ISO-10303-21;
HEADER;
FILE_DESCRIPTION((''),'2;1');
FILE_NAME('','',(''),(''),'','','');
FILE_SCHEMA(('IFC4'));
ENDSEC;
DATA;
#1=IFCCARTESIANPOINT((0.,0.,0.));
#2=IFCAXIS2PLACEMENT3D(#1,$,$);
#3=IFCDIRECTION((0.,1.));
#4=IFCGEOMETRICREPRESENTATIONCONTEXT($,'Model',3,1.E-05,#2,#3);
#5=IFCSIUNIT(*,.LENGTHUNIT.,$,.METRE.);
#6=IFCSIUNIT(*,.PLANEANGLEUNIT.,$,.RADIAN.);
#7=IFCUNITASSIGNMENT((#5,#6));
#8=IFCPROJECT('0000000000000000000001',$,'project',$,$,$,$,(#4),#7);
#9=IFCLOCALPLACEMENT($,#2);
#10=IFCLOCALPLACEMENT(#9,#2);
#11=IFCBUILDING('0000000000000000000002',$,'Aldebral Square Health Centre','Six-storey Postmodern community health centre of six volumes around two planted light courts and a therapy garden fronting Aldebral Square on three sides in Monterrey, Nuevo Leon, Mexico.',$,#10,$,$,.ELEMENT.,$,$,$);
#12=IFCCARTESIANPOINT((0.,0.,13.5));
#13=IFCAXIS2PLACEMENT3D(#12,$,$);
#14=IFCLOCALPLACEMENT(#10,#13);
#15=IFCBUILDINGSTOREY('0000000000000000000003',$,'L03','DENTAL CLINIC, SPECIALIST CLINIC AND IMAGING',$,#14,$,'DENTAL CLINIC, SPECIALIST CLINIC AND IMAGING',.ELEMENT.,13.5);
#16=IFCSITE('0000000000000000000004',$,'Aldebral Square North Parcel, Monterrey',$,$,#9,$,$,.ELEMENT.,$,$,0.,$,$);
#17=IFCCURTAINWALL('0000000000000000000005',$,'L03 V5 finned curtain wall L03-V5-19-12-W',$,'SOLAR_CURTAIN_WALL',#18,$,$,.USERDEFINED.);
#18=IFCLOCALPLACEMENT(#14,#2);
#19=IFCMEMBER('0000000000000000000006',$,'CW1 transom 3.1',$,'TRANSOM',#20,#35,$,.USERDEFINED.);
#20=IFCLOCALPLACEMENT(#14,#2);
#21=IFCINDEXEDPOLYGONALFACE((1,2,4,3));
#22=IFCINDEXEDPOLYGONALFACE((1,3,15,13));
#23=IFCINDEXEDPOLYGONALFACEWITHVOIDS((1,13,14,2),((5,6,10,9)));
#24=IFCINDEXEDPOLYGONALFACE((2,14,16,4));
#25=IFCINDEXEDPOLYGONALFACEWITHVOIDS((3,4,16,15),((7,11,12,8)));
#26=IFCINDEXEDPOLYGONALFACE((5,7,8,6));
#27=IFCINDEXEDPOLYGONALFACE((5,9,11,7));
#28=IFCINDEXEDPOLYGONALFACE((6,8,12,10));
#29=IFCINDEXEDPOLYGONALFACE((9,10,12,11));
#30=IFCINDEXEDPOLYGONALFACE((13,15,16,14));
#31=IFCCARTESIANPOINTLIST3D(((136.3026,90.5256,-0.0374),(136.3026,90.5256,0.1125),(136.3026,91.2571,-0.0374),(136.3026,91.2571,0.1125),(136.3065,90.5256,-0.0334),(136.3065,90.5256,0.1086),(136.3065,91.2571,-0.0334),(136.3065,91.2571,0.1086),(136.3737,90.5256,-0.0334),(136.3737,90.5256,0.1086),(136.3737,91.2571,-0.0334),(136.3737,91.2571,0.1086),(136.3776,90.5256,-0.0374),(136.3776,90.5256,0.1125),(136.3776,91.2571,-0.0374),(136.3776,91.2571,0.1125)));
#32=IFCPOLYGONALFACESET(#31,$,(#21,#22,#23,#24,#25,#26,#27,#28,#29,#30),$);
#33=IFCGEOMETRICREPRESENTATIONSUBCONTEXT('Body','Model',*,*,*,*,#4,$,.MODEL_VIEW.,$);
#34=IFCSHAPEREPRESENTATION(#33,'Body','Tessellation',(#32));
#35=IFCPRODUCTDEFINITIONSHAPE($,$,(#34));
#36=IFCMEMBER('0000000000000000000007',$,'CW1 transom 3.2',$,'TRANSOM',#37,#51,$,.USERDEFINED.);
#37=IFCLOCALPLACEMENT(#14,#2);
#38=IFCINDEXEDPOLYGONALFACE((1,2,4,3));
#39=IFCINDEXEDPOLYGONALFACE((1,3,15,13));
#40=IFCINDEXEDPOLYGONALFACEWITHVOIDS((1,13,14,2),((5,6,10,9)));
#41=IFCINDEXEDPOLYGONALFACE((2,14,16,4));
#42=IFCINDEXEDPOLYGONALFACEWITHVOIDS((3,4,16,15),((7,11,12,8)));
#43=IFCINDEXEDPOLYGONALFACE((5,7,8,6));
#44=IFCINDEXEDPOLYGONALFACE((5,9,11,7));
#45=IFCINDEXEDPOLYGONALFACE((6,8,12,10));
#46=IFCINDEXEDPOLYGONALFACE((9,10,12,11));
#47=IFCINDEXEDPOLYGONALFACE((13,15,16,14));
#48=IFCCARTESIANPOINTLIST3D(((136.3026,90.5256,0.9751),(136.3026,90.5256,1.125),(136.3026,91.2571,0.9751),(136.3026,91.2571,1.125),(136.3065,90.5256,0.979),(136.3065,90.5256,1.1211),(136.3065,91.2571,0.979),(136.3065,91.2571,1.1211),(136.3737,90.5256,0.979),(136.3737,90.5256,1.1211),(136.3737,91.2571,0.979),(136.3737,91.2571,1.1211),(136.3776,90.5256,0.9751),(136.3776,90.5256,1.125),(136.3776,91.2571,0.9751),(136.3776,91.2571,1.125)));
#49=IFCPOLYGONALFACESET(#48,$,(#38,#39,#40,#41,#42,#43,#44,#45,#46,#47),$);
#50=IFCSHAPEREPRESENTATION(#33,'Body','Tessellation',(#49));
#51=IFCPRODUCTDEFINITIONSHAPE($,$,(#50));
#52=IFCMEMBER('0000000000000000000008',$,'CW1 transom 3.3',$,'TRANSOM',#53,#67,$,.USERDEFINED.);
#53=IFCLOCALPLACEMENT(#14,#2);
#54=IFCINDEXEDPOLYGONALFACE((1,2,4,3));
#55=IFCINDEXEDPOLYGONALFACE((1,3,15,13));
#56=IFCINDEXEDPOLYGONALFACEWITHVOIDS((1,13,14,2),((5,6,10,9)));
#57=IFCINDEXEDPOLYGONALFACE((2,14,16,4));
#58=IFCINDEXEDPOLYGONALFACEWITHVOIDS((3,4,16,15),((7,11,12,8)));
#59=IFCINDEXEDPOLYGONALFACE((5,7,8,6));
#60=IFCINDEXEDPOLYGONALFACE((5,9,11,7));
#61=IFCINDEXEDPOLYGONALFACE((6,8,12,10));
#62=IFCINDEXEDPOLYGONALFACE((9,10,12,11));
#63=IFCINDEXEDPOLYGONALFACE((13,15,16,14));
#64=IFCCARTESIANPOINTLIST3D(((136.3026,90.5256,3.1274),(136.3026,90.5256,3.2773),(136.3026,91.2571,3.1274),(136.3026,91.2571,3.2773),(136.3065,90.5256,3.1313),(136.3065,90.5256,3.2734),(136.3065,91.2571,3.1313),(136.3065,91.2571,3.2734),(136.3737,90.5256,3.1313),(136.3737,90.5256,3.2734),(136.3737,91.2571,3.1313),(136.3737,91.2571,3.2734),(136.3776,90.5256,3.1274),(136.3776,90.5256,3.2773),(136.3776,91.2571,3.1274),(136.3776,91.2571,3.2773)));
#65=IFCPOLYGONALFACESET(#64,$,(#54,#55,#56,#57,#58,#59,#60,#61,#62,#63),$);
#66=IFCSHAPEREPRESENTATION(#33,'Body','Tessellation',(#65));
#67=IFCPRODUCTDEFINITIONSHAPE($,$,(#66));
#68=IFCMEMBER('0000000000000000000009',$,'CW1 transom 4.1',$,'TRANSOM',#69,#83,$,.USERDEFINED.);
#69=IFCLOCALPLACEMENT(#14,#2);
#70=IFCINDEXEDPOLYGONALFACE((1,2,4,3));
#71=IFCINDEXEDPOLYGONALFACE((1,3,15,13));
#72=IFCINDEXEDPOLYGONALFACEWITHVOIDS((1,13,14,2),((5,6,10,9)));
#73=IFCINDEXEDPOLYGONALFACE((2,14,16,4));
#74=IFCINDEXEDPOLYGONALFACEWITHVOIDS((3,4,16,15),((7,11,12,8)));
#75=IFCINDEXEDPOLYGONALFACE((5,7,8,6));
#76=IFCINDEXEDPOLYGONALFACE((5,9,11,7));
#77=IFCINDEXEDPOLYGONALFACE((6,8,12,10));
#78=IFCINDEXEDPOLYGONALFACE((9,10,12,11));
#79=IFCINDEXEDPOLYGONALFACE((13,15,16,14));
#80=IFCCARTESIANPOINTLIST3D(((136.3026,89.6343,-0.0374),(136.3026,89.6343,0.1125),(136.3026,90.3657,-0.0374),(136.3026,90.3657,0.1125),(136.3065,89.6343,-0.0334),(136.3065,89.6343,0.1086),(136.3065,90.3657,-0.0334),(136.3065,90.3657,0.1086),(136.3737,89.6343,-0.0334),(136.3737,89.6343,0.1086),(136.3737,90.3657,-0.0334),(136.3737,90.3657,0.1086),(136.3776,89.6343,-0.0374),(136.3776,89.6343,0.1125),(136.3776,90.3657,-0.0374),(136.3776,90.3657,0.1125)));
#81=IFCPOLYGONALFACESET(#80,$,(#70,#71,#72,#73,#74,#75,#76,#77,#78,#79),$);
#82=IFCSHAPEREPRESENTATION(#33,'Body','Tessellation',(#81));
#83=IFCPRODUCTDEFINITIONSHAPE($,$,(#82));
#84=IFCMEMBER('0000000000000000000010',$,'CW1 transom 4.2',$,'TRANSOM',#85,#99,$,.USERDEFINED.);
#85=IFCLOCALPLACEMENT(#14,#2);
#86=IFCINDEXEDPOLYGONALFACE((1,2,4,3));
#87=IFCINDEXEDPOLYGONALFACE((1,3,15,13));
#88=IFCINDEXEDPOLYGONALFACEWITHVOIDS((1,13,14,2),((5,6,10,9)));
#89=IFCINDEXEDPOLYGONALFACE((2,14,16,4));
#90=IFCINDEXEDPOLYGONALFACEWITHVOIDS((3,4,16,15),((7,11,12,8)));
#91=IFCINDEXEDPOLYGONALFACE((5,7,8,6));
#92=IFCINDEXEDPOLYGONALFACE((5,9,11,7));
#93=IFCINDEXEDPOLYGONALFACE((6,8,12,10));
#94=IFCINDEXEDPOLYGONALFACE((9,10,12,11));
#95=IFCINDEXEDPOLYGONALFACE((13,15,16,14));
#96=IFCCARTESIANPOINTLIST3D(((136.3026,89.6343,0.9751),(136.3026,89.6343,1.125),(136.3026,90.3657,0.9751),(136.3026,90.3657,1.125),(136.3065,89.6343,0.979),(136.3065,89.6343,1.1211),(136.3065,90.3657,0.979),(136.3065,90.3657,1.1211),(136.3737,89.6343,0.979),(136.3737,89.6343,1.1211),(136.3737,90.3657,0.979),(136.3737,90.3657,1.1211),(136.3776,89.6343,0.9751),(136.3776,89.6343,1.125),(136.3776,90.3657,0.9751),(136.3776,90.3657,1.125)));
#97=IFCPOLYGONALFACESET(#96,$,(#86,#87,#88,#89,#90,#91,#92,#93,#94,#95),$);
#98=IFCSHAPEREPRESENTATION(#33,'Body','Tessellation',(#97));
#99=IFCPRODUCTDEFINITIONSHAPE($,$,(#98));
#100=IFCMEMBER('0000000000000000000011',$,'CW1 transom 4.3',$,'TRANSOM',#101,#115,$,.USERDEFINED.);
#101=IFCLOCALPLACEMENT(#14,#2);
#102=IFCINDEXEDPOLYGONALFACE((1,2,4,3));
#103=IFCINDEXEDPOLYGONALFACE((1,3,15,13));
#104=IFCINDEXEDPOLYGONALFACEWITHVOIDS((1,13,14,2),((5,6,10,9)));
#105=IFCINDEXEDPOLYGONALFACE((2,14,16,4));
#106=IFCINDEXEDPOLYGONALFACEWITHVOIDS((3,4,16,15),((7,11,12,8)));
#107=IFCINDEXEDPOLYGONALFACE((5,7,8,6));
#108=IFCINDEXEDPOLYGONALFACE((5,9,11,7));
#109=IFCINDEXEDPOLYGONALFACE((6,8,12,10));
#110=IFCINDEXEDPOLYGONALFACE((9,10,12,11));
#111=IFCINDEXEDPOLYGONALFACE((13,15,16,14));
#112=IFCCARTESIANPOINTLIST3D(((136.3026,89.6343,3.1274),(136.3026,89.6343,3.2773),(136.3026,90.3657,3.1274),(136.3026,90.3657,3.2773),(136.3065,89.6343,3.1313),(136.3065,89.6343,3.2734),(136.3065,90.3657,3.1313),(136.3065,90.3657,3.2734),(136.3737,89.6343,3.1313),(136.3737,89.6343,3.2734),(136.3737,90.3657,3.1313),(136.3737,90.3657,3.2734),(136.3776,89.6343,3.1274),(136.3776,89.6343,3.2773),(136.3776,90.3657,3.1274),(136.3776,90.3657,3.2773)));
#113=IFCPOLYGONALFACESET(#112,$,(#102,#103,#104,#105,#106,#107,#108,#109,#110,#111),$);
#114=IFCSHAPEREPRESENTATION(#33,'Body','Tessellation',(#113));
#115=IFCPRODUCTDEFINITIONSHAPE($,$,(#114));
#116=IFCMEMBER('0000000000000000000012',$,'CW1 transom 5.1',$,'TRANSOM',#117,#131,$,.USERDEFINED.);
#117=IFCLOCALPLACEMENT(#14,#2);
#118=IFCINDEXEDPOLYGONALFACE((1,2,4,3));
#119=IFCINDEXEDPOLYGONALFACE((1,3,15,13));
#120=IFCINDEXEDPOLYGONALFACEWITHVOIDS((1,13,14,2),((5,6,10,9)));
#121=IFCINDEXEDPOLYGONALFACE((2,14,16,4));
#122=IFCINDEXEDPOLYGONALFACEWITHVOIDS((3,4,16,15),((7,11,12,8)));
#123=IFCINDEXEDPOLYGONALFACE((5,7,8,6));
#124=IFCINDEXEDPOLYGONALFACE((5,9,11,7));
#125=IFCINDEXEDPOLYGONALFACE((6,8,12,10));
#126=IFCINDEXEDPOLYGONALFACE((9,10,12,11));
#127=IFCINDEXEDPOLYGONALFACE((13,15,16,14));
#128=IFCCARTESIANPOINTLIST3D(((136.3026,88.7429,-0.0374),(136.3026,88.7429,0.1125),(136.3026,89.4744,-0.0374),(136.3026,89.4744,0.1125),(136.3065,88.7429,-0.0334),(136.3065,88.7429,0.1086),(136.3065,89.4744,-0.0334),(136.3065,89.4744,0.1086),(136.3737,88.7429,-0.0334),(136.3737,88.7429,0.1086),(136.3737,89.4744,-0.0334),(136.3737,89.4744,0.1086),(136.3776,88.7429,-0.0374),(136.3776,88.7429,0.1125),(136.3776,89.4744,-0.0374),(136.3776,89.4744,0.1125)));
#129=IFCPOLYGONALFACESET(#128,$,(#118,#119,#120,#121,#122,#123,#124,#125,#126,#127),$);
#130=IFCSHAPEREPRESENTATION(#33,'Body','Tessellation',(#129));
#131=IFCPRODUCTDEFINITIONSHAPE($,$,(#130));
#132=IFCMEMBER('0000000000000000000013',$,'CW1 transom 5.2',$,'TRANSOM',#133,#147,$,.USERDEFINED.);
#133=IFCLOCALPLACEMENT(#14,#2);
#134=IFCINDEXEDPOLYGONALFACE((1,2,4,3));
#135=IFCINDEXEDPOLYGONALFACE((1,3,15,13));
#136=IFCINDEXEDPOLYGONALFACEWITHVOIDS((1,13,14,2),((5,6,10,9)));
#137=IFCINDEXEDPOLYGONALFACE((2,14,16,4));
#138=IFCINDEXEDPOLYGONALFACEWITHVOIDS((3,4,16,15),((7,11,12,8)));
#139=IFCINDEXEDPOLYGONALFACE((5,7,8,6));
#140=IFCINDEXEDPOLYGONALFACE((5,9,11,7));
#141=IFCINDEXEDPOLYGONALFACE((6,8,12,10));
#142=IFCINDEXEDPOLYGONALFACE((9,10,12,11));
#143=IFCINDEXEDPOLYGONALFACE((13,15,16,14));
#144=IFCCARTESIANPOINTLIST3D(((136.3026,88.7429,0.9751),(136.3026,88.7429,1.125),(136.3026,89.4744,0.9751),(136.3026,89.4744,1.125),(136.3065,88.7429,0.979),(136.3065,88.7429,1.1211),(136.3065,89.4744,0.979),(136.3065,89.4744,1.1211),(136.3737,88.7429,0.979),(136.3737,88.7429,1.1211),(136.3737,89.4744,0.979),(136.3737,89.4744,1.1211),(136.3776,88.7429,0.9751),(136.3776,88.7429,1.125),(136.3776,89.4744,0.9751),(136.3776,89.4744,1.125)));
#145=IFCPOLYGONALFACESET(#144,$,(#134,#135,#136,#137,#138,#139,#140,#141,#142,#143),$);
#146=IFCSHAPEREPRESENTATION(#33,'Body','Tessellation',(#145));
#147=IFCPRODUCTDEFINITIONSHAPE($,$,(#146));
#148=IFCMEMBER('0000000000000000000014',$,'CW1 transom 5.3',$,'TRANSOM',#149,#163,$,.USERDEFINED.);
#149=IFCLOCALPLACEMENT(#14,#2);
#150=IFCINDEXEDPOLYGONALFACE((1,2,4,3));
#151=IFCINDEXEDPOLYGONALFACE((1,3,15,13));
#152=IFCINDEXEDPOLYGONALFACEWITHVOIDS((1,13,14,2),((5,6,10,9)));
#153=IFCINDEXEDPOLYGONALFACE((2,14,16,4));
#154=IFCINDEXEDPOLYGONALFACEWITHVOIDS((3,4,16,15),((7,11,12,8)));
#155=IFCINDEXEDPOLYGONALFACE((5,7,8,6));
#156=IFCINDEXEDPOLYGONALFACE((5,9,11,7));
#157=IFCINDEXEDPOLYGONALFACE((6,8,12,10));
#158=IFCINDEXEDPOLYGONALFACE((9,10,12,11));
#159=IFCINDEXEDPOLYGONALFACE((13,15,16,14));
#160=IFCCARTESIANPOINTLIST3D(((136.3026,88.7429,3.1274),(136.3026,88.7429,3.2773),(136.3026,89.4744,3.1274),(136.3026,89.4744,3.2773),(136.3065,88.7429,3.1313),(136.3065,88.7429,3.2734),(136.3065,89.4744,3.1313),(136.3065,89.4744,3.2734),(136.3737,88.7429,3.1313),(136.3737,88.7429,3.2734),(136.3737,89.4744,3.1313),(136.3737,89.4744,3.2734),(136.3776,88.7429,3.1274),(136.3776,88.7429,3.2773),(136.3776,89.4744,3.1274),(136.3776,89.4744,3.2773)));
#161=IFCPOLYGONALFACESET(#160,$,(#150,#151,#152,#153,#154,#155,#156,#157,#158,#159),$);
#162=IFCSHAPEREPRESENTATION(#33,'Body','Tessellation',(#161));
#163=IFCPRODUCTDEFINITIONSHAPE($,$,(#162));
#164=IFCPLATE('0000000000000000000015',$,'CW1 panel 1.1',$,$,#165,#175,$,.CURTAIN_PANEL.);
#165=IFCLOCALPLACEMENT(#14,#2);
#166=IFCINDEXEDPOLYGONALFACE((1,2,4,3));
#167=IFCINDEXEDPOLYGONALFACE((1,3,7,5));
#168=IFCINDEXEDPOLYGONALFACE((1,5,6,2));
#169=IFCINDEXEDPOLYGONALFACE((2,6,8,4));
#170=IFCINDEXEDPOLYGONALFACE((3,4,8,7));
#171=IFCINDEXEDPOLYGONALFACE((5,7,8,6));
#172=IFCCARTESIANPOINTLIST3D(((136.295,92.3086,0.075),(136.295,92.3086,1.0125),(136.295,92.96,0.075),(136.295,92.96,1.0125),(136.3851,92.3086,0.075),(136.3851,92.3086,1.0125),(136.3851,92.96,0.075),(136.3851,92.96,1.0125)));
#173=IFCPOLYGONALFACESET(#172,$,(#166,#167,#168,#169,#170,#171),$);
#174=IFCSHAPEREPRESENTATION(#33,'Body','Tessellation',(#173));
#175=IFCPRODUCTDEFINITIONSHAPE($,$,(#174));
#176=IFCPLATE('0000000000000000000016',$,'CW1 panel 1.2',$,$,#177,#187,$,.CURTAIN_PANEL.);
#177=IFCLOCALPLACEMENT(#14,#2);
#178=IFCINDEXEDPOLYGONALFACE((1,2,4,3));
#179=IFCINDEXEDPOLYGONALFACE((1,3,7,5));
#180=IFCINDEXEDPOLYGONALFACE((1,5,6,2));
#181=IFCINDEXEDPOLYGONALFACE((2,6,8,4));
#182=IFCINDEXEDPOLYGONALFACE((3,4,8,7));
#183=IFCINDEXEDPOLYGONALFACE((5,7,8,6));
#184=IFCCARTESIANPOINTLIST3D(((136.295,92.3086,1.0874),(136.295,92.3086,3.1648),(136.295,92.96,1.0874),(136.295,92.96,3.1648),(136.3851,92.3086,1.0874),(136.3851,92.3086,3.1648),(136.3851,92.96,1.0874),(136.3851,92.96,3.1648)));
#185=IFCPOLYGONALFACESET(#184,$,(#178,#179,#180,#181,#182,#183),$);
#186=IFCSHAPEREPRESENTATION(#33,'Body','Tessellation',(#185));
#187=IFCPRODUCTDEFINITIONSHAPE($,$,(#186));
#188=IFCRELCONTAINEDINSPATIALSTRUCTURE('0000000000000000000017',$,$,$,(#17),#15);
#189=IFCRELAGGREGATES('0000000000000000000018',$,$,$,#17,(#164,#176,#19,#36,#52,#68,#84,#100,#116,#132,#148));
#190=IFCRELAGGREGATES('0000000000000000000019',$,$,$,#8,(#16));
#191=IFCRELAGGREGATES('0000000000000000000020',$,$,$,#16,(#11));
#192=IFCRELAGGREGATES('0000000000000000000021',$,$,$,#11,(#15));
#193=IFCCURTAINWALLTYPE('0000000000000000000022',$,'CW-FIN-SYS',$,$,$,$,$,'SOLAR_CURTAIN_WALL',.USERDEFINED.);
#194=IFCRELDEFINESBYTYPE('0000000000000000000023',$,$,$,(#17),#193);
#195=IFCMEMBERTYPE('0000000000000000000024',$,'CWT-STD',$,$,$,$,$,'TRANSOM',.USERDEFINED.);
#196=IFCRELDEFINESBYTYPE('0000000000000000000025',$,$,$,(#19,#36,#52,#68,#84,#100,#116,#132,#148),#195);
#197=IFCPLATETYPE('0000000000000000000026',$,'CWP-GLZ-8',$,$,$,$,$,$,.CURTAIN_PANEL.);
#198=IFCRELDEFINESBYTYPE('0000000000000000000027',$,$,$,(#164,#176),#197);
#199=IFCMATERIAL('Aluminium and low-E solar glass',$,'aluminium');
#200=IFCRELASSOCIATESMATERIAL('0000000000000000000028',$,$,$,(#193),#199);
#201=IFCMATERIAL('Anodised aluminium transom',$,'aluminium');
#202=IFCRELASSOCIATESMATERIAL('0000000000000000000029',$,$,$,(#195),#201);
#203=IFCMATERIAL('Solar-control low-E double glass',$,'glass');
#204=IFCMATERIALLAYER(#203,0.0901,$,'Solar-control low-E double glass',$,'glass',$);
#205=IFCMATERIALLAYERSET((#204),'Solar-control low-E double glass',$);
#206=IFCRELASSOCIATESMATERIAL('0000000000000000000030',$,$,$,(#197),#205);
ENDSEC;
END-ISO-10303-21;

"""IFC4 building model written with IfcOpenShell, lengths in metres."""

from ifc_helpers import new_model, si_unit, direction, frame, origin, origin_2d, place, context, subcontext, project, spatial, rectangle, hollow_rectangle, extrude, material, layer, layer_set, material_profile, profile_set, type_object, element, aggregate, save


model = new_model("IFC4")

# Units and contexts
model_context = context("Model", 3, precision=1e-05, world=origin(), true_north=direction((0.0, 1.0)))
body_context = subcontext(model_context, "Body", "Model", "MODEL_VIEW")
ifc_project = project(units=[si_unit("LENGTHUNIT", "METRE"), si_unit("PLANEANGLEUNIT", "RADIAN")], contexts=[model_context])

# Site, building, storey
site_placement = place(None, origin())
site = spatial("IfcSite", under=ifc_project, at=site_placement, Name="Aldebral Square North Parcel, Monterrey", CompositionType="ELEMENT", RefElevation=0.0)
building_placement = place(site_placement, origin())
building = spatial("IfcBuilding", under=site, at=building_placement, Name="Aldebral Square Health Centre", Description="Six-storey Postmodern community health centre of six volumes around two planted light courts and a therapy garden fronting Aldebral Square on three sides in Monterrey, Nuevo Leon, Mexico.", CompositionType="ELEMENT")
storey_placement = place(building_placement, frame((0.0, 0.0, 13.5)))
storey = spatial("IfcBuildingStorey", under=building, at=storey_placement, Name="L03", Description="DENTAL CLINIC, SPECIALIST CLINIC AND IMAGING", LongName="DENTAL CLINIC, SPECIALIST CLINIC AND IMAGING", CompositionType="ELEMENT", Elevation=13.5)

# Curtain wall, members, plates
ifc_material_1 = material(Name="Aluminium and low-E solar glass", Category="aluminium")
curtain_wall_type = type_object("IfcCurtainWallType", Name="CW-FIN-SYS", ElementType="SOLAR_CURTAIN_WALL", PredefinedType="USERDEFINED", material=ifc_material_1)
curtain_wall_placement = place(storey_placement, origin())
curtain_wall = element("IfcCurtainWall", 1, at=curtain_wall_placement, inside=storey, type_object=curtain_wall_type, Name="L03 V5 finned curtain wall L03-V5-19-12-W", ObjectType="SOLAR_CURTAIN_WALL", PredefinedType="USERDEFINED")
ifc_material_2 = material(Name="Anodised aluminium transom", Category="aluminium")
ifc_material_profile_1 = material_profile(ifc_material_2, hollow_rectangle(XDim=0.075, YDim=0.1499, WallThickness=0.0039, at=origin_2d()), Name="CWT 75x150x4")
ifc_profile_set_1 = profile_set([ifc_material_profile_1], Name="Anodised aluminium transom")
member_type_1 = type_object("IfcMemberType", Name="CWT-STD", ElementType="TRANSOM", PredefinedType="USERDEFINED", material=ifc_profile_set_1)
member_1_placement = place(storey_placement, frame((136.3401, 91.2571, 0.0376), z_axis=(0.0, -1.0, 0.0), x_axis=(1.0, 0.0, 0.0)))
member_1 = element("IfcMember", 2, at=member_1_placement, type_object=member_type_1, Name="CW1 transom 3.1", ObjectType="TRANSOM", PredefinedType="USERDEFINED", context=body_context, shape_type="SweptSolid", body=[
    extrude(hollow_rectangle(XDim=0.075, YDim=0.1499, WallThickness=0.0039, at=origin_2d()), origin(), (0.0, 0.0, 1.0), 0.7314),
])
member_2_placement = place(storey_placement, frame((136.3401, 91.2571, 1.05), z_axis=(0.0, -1.0, 0.0), x_axis=(1.0, 0.0, 0.0)))
member_2 = element("IfcMember", 3, at=member_2_placement, type_object=member_type_1, Name="CW1 transom 3.2", ObjectType="TRANSOM", PredefinedType="USERDEFINED", context=body_context, shape_type="SweptSolid", body=[
    extrude(hollow_rectangle(XDim=0.075, YDim=0.1499, WallThickness=0.0039, at=origin_2d()), origin(), (0.0, 0.0, 1.0), 0.7314),
])
member_3_placement = place(storey_placement, frame((136.3401, 91.2571, 3.2024), z_axis=(0.0, -1.0, 0.0), x_axis=(1.0, 0.0, 0.0)))
member_3 = element("IfcMember", 4, at=member_3_placement, type_object=member_type_1, Name="CW1 transom 3.3", ObjectType="TRANSOM", PredefinedType="USERDEFINED", context=body_context, shape_type="SweptSolid", body=[
    extrude(hollow_rectangle(XDim=0.075, YDim=0.1499, WallThickness=0.0039, at=origin_2d()), origin(), (0.0, 0.0, 1.0), 0.7314),
])
member_4_placement = place(storey_placement, frame((136.3401, 90.3657, 0.0376), z_axis=(0.0, -1.0, 0.0), x_axis=(1.0, 0.0, 0.0)))
member_4 = element("IfcMember", 5, at=member_4_placement, type_object=member_type_1, Name="CW1 transom 4.1", ObjectType="TRANSOM", PredefinedType="USERDEFINED", context=body_context, shape_type="SweptSolid", body=[
    extrude(hollow_rectangle(XDim=0.075, YDim=0.1499, WallThickness=0.0039, at=origin_2d()), origin(), (0.0, 0.0, 1.0), 0.7314),
])
member_5_placement = place(storey_placement, frame((136.3401, 90.3657, 1.05), z_axis=(0.0, -1.0, 0.0), x_axis=(1.0, 0.0, 0.0)))
member_5 = element("IfcMember", 6, at=member_5_placement, type_object=member_type_1, Name="CW1 transom 4.2", ObjectType="TRANSOM", PredefinedType="USERDEFINED", context=body_context, shape_type="SweptSolid", body=[
    extrude(hollow_rectangle(XDim=0.075, YDim=0.1499, WallThickness=0.0039, at=origin_2d()), origin(), (0.0, 0.0, 1.0), 0.7314),
])
member_6_placement = place(storey_placement, frame((136.3401, 90.3657, 3.2024), z_axis=(0.0, -1.0, 0.0), x_axis=(1.0, 0.0, 0.0)))
member_6 = element("IfcMember", 7, at=member_6_placement, type_object=member_type_1, Name="CW1 transom 4.3", ObjectType="TRANSOM", PredefinedType="USERDEFINED", context=body_context, shape_type="SweptSolid", body=[
    extrude(hollow_rectangle(XDim=0.075, YDim=0.1499, WallThickness=0.0039, at=origin_2d()), origin(), (0.0, 0.0, 1.0), 0.7314),
])
member_7_placement = place(storey_placement, frame((136.3401, 89.4744, 0.0376), z_axis=(0.0, -1.0, 0.0), x_axis=(1.0, 0.0, 0.0)))
member_7 = element("IfcMember", 8, at=member_7_placement, type_object=member_type_1, Name="CW1 transom 5.1", ObjectType="TRANSOM", PredefinedType="USERDEFINED", context=body_context, shape_type="SweptSolid", body=[
    extrude(hollow_rectangle(XDim=0.075, YDim=0.1499, WallThickness=0.0039, at=origin_2d()), origin(), (0.0, 0.0, 1.0), 0.7314),
])
member_8_placement = place(storey_placement, frame((136.3401, 89.4744, 1.05), z_axis=(0.0, -1.0, 0.0), x_axis=(1.0, 0.0, 0.0)))
member_8 = element("IfcMember", 9, at=member_8_placement, type_object=member_type_1, Name="CW1 transom 5.2", ObjectType="TRANSOM", PredefinedType="USERDEFINED", context=body_context, shape_type="SweptSolid", body=[
    extrude(hollow_rectangle(XDim=0.075, YDim=0.1499, WallThickness=0.0039, at=origin_2d()), origin(), (0.0, 0.0, 1.0), 0.7314),
])
member_9_placement = place(storey_placement, frame((136.3401, 89.4744, 3.2024), z_axis=(0.0, -1.0, 0.0), x_axis=(1.0, 0.0, 0.0)))
member_9 = element("IfcMember", 10, at=member_9_placement, type_object=member_type_1, Name="CW1 transom 5.3", ObjectType="TRANSOM", PredefinedType="USERDEFINED", context=body_context, shape_type="SweptSolid", body=[
    extrude(hollow_rectangle(XDim=0.075, YDim=0.1499, WallThickness=0.0039, at=origin_2d()), origin(), (0.0, 0.0, 1.0), 0.7314),
])
ifc_material_3 = material(Name="Solar-control low-E double glass", Category="glass")
ifc_layer = layer(ifc_material_3, 0.0901, Name="Solar-control low-E double glass", Category="glass")
ifc_layer_set = layer_set([ifc_layer], Name="Solar-control low-E double glass")
plate_type = type_object("IfcPlateType", Name="CWP-GLZ-8", PredefinedType="CURTAIN_PANEL", material=ifc_layer_set)
plate_1_placement = place(storey_placement, frame((136.3401, 92.6343, 0.075), z_axis=(0.0, 0.0, 1.0), x_axis=(0.0, -1.0, 0.0)))
plate_1 = element("IfcPlate", 11, at=plate_1_placement, type_object=plate_type, Name="CW1 panel 1.1", PredefinedType="CURTAIN_PANEL", context=body_context, shape_type="SweptSolid", body=[
    extrude(rectangle(XDim=0.6514, YDim=0.0901, at=origin_2d()), origin(), (0.0, 0.0, 1.0), 0.9375),
])
plate_2_placement = place(storey_placement, frame((136.3401, 92.6343, 1.0874), z_axis=(0.0, 0.0, 1.0), x_axis=(0.0, -1.0, 0.0)))
plate_2 = element("IfcPlate", 12, at=plate_2_placement, type_object=plate_type, Name="CW1 panel 1.2", PredefinedType="CURTAIN_PANEL", context=body_context, shape_type="SweptSolid", body=[
    extrude(rectangle(XDim=0.6514, YDim=0.0901, at=origin_2d()), origin(), (0.0, 0.0, 1.0), 2.0774),
])
aggregate(curtain_wall, [plate_1, plate_2, member_1, member_2, member_3, member_4, member_5, member_6, member_7, member_8, member_9])

save(model, "model.ifc")
